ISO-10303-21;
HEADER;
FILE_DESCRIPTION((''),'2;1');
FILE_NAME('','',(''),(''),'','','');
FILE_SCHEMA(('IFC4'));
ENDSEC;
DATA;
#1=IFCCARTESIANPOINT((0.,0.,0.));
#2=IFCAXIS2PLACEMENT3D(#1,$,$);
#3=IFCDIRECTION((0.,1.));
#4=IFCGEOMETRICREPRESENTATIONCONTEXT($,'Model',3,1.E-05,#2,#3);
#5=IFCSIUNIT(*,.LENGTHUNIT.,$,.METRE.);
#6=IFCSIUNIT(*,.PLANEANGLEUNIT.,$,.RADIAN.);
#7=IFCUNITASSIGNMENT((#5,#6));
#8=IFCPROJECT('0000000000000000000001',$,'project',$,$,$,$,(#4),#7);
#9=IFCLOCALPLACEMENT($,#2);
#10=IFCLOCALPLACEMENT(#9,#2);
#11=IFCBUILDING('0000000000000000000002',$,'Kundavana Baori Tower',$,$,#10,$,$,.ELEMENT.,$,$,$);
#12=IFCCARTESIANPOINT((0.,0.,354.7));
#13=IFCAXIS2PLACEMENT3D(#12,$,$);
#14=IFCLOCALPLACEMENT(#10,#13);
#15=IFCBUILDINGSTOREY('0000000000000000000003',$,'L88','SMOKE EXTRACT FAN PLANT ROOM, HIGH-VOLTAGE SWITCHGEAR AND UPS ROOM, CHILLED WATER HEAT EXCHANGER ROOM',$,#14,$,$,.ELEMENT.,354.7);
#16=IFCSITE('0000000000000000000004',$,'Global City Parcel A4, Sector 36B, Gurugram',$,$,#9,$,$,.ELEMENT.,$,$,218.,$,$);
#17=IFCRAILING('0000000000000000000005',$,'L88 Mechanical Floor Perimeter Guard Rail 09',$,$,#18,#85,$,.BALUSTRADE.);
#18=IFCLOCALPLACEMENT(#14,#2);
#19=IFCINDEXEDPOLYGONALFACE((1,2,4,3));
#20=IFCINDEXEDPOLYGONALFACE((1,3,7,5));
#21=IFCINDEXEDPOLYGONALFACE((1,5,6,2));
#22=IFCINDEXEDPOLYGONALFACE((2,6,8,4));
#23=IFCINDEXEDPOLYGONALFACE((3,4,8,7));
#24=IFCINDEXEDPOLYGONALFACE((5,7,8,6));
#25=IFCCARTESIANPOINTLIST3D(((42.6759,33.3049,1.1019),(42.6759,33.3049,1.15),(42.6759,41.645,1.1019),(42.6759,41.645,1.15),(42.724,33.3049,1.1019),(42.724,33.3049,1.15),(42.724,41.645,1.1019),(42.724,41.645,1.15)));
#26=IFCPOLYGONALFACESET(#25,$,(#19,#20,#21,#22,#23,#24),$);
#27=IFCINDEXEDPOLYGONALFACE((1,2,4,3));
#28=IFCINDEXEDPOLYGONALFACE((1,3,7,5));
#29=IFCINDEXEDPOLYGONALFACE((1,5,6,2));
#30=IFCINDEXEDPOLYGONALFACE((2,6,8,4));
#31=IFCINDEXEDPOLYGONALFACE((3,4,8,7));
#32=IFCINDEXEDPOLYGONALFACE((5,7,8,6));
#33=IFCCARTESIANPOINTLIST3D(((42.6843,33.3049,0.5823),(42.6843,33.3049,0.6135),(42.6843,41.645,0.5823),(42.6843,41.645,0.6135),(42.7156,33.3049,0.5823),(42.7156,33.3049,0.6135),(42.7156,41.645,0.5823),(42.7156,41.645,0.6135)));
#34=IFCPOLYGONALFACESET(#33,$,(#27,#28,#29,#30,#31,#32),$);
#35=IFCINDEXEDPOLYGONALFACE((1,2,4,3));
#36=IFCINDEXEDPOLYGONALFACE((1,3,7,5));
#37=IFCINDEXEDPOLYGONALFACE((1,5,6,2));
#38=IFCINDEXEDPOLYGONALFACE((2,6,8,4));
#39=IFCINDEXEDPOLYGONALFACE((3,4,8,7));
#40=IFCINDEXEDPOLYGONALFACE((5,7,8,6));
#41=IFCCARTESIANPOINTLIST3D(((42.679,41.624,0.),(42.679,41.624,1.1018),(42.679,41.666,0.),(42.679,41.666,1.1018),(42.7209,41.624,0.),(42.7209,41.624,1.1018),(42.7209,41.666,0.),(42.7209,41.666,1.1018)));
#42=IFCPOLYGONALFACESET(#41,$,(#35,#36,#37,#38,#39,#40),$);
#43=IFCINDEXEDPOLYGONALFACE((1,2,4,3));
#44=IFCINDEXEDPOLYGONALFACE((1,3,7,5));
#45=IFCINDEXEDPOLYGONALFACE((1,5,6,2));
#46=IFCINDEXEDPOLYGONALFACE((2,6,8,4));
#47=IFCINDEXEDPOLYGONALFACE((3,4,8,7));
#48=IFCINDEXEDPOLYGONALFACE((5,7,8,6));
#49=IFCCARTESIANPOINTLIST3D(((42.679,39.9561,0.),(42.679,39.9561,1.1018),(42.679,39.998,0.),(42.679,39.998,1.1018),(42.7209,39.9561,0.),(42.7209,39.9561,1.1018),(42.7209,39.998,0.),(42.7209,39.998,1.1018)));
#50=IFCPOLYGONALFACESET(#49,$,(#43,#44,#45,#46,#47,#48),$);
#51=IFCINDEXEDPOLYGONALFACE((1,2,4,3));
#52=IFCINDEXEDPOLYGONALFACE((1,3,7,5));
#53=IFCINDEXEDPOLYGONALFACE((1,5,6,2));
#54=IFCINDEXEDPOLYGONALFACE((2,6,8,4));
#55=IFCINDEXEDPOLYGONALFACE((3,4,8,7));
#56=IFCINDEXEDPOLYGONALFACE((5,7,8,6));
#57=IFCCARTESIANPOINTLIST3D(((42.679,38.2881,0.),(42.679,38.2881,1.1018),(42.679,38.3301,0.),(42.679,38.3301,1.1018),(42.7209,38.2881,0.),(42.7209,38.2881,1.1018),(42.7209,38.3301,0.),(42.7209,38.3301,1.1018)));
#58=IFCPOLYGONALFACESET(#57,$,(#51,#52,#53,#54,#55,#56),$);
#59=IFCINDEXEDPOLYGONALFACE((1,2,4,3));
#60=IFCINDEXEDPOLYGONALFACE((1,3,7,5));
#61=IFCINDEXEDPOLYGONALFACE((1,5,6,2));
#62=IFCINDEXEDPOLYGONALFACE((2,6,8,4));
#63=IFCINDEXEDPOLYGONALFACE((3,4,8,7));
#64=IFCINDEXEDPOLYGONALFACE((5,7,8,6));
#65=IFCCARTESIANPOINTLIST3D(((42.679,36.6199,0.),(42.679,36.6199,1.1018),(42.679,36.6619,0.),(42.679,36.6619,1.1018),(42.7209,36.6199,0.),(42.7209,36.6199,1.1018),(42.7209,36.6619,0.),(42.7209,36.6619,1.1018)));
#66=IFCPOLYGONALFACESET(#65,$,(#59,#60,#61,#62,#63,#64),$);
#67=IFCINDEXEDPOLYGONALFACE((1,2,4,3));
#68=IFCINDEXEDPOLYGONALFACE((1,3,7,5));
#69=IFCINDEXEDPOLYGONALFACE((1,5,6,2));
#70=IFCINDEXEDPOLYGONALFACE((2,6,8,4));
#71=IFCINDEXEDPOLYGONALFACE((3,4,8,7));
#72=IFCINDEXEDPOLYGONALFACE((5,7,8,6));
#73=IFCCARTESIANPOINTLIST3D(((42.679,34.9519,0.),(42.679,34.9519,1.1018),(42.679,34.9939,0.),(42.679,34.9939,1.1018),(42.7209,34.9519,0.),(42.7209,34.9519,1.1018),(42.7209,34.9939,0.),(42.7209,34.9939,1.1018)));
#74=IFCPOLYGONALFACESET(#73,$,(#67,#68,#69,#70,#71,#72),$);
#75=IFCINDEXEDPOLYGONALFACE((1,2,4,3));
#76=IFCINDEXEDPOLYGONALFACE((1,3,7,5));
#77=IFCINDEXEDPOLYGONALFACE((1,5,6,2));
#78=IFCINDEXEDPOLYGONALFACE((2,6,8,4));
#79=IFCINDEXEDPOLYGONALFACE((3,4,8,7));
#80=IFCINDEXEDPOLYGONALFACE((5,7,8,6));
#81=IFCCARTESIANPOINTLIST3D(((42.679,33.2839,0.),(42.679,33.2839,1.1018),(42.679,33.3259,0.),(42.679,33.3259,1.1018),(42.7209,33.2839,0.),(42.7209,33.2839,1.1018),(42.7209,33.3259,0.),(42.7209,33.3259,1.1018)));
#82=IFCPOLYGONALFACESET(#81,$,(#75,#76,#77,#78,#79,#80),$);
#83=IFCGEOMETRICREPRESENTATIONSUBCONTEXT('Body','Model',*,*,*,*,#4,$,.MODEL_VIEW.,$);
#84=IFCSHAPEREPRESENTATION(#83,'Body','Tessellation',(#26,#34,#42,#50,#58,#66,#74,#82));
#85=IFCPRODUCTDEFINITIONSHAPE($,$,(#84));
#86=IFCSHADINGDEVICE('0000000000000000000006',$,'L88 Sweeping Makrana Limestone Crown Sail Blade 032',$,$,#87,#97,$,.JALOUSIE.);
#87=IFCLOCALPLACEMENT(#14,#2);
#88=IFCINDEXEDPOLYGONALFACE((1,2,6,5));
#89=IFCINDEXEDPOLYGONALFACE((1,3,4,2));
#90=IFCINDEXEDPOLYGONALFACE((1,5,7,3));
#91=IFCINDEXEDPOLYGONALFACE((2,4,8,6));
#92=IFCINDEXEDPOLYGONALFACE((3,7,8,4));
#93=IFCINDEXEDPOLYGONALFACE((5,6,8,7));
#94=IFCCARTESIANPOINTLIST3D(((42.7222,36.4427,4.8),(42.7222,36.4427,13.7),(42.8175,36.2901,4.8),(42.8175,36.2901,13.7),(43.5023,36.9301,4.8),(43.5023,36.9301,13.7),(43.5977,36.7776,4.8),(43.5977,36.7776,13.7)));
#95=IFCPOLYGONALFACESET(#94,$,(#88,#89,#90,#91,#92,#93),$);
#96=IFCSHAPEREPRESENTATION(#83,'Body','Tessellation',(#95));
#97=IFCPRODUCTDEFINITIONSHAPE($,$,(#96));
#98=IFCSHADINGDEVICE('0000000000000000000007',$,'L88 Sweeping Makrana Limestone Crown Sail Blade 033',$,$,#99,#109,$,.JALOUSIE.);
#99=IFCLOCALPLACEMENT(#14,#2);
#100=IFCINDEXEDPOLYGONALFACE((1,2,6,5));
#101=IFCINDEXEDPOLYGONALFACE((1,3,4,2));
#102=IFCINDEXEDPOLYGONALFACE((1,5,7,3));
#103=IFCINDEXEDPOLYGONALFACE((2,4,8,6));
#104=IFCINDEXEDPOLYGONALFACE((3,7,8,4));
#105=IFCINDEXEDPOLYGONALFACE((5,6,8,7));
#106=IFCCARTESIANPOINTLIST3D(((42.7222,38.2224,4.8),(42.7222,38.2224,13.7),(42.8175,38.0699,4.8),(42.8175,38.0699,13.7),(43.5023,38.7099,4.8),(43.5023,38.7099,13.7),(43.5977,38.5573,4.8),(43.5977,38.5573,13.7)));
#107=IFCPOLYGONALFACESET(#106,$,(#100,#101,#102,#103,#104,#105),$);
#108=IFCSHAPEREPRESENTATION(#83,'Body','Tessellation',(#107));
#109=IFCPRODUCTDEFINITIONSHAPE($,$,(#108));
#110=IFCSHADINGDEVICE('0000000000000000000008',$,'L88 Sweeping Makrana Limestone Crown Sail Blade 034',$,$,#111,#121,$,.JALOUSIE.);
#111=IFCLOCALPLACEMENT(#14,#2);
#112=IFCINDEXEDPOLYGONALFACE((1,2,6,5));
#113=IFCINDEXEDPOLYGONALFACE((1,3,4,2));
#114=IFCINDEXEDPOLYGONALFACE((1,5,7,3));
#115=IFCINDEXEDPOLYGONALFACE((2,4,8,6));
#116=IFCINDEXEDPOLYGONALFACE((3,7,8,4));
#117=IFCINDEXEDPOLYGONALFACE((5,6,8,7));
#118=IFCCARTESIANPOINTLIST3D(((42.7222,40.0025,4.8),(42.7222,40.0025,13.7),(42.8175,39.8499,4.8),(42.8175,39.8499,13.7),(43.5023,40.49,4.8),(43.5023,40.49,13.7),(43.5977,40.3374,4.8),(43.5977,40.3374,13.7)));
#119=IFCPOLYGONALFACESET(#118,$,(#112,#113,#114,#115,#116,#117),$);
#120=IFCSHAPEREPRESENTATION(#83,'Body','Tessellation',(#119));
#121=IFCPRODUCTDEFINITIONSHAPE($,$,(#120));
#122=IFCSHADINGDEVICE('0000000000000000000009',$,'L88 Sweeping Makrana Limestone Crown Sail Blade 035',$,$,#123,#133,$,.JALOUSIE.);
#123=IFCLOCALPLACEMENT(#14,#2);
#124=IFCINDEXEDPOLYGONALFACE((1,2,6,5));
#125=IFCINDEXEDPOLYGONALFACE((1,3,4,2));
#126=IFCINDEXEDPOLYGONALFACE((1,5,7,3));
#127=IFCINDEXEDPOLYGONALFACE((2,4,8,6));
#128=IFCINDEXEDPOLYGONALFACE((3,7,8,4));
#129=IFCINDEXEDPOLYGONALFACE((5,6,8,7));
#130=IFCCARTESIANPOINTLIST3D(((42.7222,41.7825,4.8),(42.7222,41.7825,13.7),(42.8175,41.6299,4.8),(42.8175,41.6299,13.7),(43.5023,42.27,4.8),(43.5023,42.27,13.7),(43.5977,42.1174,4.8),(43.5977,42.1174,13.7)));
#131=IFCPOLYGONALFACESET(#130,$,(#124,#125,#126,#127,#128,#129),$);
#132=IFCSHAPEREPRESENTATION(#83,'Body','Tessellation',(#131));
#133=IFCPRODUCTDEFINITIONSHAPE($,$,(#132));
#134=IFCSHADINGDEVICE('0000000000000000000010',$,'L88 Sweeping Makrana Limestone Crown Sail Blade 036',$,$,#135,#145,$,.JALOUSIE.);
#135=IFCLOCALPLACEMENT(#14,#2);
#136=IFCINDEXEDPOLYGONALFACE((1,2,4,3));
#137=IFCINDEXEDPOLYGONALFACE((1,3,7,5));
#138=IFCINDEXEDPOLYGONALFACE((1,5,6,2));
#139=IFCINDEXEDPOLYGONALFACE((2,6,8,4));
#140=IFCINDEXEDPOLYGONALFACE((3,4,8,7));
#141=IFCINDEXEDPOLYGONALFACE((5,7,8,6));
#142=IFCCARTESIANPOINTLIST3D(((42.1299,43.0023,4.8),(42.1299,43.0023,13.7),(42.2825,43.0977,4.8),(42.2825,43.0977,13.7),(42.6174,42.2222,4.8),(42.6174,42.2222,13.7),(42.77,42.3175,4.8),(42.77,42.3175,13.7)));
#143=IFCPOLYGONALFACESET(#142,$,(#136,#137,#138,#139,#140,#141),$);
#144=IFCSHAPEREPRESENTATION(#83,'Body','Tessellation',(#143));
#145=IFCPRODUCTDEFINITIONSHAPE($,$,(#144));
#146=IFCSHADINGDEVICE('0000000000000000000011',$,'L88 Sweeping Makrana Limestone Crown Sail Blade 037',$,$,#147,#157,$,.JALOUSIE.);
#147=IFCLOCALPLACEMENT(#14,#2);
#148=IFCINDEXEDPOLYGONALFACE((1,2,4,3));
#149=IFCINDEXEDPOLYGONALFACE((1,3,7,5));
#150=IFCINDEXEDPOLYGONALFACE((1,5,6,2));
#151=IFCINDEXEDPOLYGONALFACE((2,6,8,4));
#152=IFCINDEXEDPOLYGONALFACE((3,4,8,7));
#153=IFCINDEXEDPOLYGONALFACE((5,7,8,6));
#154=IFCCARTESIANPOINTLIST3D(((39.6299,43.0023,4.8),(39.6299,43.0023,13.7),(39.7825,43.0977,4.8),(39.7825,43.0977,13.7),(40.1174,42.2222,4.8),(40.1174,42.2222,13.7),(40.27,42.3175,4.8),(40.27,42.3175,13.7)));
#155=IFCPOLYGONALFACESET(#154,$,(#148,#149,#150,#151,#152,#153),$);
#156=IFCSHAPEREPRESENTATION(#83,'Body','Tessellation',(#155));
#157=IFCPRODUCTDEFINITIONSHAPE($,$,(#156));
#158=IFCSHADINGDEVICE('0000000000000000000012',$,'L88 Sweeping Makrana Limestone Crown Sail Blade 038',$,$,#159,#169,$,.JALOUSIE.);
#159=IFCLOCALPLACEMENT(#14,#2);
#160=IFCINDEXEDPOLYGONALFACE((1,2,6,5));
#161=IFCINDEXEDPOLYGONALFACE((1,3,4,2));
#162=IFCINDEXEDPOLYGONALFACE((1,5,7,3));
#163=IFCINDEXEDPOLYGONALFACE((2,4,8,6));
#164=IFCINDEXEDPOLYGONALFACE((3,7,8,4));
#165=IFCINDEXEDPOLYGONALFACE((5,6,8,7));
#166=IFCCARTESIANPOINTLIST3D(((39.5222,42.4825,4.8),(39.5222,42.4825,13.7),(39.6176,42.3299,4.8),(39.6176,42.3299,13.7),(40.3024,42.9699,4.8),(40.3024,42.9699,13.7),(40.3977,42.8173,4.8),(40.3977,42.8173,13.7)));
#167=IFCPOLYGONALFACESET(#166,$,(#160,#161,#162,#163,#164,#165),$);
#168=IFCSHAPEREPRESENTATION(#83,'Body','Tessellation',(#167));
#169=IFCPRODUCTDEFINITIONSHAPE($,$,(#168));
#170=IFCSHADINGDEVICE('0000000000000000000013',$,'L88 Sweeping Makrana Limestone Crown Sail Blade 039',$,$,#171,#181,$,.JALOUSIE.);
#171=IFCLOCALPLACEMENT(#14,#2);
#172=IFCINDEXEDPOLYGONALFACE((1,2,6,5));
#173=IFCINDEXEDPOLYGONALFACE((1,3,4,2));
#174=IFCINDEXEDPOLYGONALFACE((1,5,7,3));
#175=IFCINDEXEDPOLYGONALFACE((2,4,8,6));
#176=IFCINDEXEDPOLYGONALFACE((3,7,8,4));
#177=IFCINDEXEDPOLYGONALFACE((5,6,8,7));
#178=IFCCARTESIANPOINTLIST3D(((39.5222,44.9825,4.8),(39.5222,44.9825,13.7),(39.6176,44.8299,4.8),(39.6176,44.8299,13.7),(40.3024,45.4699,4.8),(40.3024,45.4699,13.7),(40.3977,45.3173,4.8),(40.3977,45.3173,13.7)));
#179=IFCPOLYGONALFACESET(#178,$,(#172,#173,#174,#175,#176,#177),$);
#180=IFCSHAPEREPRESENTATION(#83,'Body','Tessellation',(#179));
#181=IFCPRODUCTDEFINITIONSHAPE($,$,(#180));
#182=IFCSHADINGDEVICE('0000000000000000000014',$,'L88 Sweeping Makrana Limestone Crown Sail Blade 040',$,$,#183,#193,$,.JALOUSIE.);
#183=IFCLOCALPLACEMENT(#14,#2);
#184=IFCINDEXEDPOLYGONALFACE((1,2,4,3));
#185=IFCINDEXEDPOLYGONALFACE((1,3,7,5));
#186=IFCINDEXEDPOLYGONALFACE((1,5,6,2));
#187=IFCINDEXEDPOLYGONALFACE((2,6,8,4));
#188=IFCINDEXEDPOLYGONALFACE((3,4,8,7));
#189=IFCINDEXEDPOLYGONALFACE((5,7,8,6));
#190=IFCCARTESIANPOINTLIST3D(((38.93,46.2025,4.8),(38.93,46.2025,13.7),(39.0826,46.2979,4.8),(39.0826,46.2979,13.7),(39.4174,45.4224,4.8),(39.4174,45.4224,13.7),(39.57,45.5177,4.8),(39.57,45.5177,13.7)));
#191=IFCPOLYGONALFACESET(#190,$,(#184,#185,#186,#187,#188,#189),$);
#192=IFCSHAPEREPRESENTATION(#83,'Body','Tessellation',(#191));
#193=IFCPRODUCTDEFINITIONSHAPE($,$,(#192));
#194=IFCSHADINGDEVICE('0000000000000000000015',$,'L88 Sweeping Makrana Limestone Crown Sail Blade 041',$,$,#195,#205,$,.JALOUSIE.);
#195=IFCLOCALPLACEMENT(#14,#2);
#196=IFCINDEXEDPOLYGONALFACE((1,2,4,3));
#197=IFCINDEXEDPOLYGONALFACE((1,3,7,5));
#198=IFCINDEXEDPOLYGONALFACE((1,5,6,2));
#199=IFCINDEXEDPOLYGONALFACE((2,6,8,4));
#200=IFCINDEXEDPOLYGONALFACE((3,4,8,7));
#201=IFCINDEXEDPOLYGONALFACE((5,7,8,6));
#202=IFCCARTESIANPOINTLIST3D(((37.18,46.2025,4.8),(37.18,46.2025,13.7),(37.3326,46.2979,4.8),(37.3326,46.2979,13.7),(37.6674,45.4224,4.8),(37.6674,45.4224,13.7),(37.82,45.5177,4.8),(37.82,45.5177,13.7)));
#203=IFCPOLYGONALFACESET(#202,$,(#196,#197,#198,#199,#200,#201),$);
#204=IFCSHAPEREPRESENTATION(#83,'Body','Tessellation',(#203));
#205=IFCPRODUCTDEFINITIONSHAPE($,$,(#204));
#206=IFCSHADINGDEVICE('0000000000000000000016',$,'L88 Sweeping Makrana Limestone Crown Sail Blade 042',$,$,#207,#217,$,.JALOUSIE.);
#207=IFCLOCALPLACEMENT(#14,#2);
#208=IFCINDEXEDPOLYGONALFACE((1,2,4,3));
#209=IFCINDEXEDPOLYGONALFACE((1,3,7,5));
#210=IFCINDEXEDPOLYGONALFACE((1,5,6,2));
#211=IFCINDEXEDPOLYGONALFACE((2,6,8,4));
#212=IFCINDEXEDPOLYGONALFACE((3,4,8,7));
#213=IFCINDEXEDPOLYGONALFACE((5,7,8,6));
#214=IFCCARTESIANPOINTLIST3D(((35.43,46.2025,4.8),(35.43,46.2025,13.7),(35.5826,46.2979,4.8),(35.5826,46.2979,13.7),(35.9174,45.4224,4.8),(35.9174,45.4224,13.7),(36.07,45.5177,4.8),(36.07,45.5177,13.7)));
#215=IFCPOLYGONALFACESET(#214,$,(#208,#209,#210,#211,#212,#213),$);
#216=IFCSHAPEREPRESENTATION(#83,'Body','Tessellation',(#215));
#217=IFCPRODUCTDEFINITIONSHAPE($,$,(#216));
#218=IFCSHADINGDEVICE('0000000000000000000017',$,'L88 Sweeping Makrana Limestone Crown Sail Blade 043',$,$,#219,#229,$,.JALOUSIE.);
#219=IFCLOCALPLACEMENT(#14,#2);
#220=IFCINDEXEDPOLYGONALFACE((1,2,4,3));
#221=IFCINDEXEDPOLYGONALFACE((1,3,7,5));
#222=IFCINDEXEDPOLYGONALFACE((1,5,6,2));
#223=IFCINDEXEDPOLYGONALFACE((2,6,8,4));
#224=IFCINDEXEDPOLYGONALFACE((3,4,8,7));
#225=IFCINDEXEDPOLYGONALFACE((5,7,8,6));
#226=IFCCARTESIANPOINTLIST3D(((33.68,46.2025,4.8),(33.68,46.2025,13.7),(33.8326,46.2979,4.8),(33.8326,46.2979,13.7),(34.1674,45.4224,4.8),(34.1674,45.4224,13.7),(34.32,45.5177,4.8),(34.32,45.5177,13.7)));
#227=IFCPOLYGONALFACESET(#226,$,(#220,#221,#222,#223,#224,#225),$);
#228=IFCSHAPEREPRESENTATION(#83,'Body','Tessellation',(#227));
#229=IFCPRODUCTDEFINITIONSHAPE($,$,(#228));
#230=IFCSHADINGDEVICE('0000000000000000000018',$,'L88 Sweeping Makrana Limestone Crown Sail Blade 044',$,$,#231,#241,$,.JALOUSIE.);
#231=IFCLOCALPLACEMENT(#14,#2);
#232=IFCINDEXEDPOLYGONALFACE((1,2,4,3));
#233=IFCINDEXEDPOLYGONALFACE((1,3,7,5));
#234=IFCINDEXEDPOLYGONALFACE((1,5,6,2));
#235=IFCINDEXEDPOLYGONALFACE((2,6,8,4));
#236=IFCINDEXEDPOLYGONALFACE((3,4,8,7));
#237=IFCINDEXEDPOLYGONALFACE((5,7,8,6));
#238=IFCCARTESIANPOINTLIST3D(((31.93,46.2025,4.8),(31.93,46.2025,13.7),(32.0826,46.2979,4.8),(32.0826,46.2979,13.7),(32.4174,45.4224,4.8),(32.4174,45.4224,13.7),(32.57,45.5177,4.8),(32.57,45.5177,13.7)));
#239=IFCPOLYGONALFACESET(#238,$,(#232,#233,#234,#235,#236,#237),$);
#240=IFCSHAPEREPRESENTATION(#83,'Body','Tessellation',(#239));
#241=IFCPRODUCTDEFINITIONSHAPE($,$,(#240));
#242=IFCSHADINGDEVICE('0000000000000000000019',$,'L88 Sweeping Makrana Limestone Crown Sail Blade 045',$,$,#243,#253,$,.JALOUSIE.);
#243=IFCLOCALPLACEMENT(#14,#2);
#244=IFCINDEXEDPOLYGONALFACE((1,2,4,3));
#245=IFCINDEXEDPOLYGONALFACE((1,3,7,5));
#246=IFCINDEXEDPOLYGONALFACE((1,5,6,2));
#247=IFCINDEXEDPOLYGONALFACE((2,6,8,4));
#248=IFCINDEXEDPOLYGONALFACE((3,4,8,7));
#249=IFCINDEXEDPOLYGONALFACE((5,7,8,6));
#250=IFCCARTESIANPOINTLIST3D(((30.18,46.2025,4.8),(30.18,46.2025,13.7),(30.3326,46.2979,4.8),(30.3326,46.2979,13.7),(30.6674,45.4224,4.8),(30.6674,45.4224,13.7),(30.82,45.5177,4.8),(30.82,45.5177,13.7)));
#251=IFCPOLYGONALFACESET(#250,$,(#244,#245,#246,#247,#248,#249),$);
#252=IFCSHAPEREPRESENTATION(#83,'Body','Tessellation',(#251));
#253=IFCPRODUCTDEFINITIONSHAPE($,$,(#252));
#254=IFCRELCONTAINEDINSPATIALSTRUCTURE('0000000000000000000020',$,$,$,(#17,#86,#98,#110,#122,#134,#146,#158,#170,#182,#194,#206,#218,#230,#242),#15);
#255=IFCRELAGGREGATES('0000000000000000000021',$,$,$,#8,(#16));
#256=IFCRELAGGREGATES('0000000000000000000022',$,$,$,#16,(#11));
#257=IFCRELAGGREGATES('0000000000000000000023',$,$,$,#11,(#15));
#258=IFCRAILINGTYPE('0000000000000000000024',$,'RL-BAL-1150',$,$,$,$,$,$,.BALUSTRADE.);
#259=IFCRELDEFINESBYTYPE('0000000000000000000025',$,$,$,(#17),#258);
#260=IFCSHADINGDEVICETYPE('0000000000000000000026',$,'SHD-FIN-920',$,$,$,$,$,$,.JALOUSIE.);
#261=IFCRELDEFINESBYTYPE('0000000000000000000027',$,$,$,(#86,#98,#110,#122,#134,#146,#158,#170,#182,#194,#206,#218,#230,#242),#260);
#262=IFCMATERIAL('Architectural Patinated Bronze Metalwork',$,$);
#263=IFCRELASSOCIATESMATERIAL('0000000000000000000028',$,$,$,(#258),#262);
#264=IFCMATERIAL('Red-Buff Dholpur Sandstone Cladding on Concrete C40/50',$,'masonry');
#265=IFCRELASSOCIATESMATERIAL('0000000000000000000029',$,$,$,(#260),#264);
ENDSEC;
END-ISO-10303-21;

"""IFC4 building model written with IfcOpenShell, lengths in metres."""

from ifc_helpers import new_model, si_unit, direction, frame, origin, origin_2d, place, context, subcontext, project, spatial, rectangle, extrude, material, type_object, element, save


model = new_model("IFC4")

# Units and contexts
model_context = context("Model", 3, precision=1e-05, world=origin(), true_north=direction((0.0, 1.0)))
body_context = subcontext(model_context, "Body", "Model", "MODEL_VIEW")
ifc_project = project(units=[si_unit("LENGTHUNIT", "METRE"), si_unit("PLANEANGLEUNIT", "RADIAN")], contexts=[model_context])

# Site, building, storey
site_placement = place(None, origin())
site = spatial("IfcSite", under=ifc_project, at=site_placement, Name="Global City Parcel A4, Sector 36B, Gurugram", CompositionType="ELEMENT", RefElevation=218.0)
building_placement = place(site_placement, origin())
building = spatial("IfcBuilding", under=site, at=building_placement, Name="Kundavana Baori Tower", CompositionType="ELEMENT")
storey_placement = place(building_placement, frame((0.0, 0.0, 354.7)))
storey = spatial("IfcBuildingStorey", under=building, at=storey_placement, Name="L88", Description="SMOKE EXTRACT FAN PLANT ROOM, HIGH-VOLTAGE SWITCHGEAR AND UPS ROOM, CHILLED WATER HEAT EXCHANGER ROOM", CompositionType="ELEMENT", Elevation=354.7)

# Railing
ifc_material_1 = material(Name="Architectural Patinated Bronze Metalwork")
railing_type = type_object("IfcRailingType", Name="RL-BAL-1150", PredefinedType="BALUSTRADE", material=ifc_material_1)
railing_1_placement = place(storey_placement, frame((42.7, 41.645, 0.0)))
element("IfcRailing", 1, at=railing_1_placement, inside=storey, type_object=railing_type, Name="L88 Mechanical Floor Perimeter Guard Rail 09", PredefinedType="BALUSTRADE", context=body_context, shape_type="SweptSolid", body=[
    extrude(rectangle(XDim=0.0481, YDim=0.0481, at=origin_2d()), frame((0.0, 0.0, 1.126), z_axis=(0.0, -1.0, 0.0), x_axis=(1.0, 0.0, 0.0)), (0.0, 0.0, 1.0), 8.3401),
    extrude(rectangle(XDim=0.0312, YDim=0.0312, at=origin_2d()), frame((0.0, 0.0, 0.5979), z_axis=(0.0, -1.0, 0.0), x_axis=(1.0, 0.0, 0.0)), (0.0, 0.0, 1.0), 8.3401),
    extrude(rectangle(XDim=0.042, YDim=0.042, at=origin_2d()), origin(), (0.0, 0.0, 1.0), 1.1018),
    extrude(rectangle(XDim=0.042, YDim=0.042, at=origin_2d()), frame((0.0, -1.668, 0.0)), (0.0, 0.0, 1.0), 1.1018),
    extrude(rectangle(XDim=0.042, YDim=0.042, at=origin_2d()), frame((0.0, -3.3359, 0.0)), (0.0, 0.0, 1.0), 1.1018),
    extrude(rectangle(XDim=0.042, YDim=0.042, at=origin_2d()), frame((0.0, -5.0042, 0.0)), (0.0, 0.0, 1.0), 1.1018),
    extrude(rectangle(XDim=0.042, YDim=0.042, at=origin_2d()), frame((0.0, -6.6721, 0.0)), (0.0, 0.0, 1.0), 1.1018),
    extrude(rectangle(XDim=0.042, YDim=0.042, at=origin_2d()), frame((0.0, -8.3401, 0.0)), (0.0, 0.0, 1.0), 1.1018),
])

# Shading devices
ifc_material_2 = material(Name="Red-Buff Dholpur Sandstone Cladding on Concrete C40/50", Category="masonry")
shading_device_type = type_object("IfcShadingDeviceType", Name="SHD-FIN-920", PredefinedType="JALOUSIE", material=ifc_material_2)
for number, where, z_axis, x_axis, name in (
    (2, (43.1599, 36.6101, 4.8), (0.0, 0.0, 1.0), (-0.529919, 0.848048, 0.0), "L88 Sweeping Makrana Limestone Crown Sail Blade 032"),
    (3, (43.1599, 38.3899, 4.8), (0.0, 0.0, 1.0), (-0.529919, 0.848048, 0.0), "L88 Sweeping Makrana Limestone Crown Sail Blade 033"),
    (4, (43.1599, 40.1699, 4.8), (0.0, 0.0, 1.0), (-0.529919, 0.848048, 0.0), "L88 Sweeping Makrana Limestone Crown Sail Blade 034"),
    (5, (43.1599, 41.95, 4.8), (0.0, 0.0, 1.0), (-0.529919, 0.848048, 0.0), "L88 Sweeping Makrana Limestone Crown Sail Blade 035"),
    (6, (42.45, 42.6599, 4.8), (0.0, 0.0, 1.0), (0.848048, 0.529919, 0.0), "L88 Sweeping Makrana Limestone Crown Sail Blade 036"),
    (7, (39.95, 42.6599, 4.8), (0.0, 0.0, 1.0), (0.848048, 0.529919, 0.0), "L88 Sweeping Makrana Limestone Crown Sail Blade 037"),
    (8, (39.96, 42.6499, 4.8), (0.0, 0.0, 1.0), (-0.529919, 0.848048, 0.0), "L88 Sweeping Makrana Limestone Crown Sail Blade 038"),
    (9, (39.96, 45.1499, 4.8), (0.0, 0.0, 1.0), (-0.529919, 0.848048, 0.0), "L88 Sweeping Makrana Limestone Crown Sail Blade 039"),
    (10, (39.25, 45.8601, 4.8), (0.0, 0.0, 1.0), (0.848048, 0.529919, 0.0), "L88 Sweeping Makrana Limestone Crown Sail Blade 040"),
    (11, (37.5, 45.8601, 4.8), (0.0, 0.0, 1.0), (0.848048, 0.529919, 0.0), "L88 Sweeping Makrana Limestone Crown Sail Blade 041"),
    (12, (35.75, 45.8601, 4.8), (0.0, 0.0, 1.0), (0.848048, 0.529919, 0.0), "L88 Sweeping Makrana Limestone Crown Sail Blade 042"),
    (13, (34.0, 45.8601, 4.8), (0.0, 0.0, 1.0), (0.848048, 0.529919, 0.0), "L88 Sweeping Makrana Limestone Crown Sail Blade 043"),
    (14, (32.25, 45.8601, 4.8), (0.0, 0.0, 1.0), (0.848048, 0.529919, 0.0), "L88 Sweeping Makrana Limestone Crown Sail Blade 044"),
    (15, (30.5, 45.8601, 4.8), (0.0, 0.0, 1.0), (0.848048, 0.529919, 0.0), "L88 Sweeping Makrana Limestone Crown Sail Blade 045"),
):
    element("IfcShadingDevice", number, at=place(storey_placement, frame(where, z_axis=z_axis, x_axis=x_axis)), inside=storey, type_object=shading_device_type, Name=name, PredefinedType="JALOUSIE", context=body_context, shape_type="SweptSolid", body=[
        extrude(rectangle(XDim=0.1799, YDim=0.9199, at=origin_2d()), origin(), (0.0, 0.0, 1.0), 8.8999),
    ])

save(model, "model.ifc")
